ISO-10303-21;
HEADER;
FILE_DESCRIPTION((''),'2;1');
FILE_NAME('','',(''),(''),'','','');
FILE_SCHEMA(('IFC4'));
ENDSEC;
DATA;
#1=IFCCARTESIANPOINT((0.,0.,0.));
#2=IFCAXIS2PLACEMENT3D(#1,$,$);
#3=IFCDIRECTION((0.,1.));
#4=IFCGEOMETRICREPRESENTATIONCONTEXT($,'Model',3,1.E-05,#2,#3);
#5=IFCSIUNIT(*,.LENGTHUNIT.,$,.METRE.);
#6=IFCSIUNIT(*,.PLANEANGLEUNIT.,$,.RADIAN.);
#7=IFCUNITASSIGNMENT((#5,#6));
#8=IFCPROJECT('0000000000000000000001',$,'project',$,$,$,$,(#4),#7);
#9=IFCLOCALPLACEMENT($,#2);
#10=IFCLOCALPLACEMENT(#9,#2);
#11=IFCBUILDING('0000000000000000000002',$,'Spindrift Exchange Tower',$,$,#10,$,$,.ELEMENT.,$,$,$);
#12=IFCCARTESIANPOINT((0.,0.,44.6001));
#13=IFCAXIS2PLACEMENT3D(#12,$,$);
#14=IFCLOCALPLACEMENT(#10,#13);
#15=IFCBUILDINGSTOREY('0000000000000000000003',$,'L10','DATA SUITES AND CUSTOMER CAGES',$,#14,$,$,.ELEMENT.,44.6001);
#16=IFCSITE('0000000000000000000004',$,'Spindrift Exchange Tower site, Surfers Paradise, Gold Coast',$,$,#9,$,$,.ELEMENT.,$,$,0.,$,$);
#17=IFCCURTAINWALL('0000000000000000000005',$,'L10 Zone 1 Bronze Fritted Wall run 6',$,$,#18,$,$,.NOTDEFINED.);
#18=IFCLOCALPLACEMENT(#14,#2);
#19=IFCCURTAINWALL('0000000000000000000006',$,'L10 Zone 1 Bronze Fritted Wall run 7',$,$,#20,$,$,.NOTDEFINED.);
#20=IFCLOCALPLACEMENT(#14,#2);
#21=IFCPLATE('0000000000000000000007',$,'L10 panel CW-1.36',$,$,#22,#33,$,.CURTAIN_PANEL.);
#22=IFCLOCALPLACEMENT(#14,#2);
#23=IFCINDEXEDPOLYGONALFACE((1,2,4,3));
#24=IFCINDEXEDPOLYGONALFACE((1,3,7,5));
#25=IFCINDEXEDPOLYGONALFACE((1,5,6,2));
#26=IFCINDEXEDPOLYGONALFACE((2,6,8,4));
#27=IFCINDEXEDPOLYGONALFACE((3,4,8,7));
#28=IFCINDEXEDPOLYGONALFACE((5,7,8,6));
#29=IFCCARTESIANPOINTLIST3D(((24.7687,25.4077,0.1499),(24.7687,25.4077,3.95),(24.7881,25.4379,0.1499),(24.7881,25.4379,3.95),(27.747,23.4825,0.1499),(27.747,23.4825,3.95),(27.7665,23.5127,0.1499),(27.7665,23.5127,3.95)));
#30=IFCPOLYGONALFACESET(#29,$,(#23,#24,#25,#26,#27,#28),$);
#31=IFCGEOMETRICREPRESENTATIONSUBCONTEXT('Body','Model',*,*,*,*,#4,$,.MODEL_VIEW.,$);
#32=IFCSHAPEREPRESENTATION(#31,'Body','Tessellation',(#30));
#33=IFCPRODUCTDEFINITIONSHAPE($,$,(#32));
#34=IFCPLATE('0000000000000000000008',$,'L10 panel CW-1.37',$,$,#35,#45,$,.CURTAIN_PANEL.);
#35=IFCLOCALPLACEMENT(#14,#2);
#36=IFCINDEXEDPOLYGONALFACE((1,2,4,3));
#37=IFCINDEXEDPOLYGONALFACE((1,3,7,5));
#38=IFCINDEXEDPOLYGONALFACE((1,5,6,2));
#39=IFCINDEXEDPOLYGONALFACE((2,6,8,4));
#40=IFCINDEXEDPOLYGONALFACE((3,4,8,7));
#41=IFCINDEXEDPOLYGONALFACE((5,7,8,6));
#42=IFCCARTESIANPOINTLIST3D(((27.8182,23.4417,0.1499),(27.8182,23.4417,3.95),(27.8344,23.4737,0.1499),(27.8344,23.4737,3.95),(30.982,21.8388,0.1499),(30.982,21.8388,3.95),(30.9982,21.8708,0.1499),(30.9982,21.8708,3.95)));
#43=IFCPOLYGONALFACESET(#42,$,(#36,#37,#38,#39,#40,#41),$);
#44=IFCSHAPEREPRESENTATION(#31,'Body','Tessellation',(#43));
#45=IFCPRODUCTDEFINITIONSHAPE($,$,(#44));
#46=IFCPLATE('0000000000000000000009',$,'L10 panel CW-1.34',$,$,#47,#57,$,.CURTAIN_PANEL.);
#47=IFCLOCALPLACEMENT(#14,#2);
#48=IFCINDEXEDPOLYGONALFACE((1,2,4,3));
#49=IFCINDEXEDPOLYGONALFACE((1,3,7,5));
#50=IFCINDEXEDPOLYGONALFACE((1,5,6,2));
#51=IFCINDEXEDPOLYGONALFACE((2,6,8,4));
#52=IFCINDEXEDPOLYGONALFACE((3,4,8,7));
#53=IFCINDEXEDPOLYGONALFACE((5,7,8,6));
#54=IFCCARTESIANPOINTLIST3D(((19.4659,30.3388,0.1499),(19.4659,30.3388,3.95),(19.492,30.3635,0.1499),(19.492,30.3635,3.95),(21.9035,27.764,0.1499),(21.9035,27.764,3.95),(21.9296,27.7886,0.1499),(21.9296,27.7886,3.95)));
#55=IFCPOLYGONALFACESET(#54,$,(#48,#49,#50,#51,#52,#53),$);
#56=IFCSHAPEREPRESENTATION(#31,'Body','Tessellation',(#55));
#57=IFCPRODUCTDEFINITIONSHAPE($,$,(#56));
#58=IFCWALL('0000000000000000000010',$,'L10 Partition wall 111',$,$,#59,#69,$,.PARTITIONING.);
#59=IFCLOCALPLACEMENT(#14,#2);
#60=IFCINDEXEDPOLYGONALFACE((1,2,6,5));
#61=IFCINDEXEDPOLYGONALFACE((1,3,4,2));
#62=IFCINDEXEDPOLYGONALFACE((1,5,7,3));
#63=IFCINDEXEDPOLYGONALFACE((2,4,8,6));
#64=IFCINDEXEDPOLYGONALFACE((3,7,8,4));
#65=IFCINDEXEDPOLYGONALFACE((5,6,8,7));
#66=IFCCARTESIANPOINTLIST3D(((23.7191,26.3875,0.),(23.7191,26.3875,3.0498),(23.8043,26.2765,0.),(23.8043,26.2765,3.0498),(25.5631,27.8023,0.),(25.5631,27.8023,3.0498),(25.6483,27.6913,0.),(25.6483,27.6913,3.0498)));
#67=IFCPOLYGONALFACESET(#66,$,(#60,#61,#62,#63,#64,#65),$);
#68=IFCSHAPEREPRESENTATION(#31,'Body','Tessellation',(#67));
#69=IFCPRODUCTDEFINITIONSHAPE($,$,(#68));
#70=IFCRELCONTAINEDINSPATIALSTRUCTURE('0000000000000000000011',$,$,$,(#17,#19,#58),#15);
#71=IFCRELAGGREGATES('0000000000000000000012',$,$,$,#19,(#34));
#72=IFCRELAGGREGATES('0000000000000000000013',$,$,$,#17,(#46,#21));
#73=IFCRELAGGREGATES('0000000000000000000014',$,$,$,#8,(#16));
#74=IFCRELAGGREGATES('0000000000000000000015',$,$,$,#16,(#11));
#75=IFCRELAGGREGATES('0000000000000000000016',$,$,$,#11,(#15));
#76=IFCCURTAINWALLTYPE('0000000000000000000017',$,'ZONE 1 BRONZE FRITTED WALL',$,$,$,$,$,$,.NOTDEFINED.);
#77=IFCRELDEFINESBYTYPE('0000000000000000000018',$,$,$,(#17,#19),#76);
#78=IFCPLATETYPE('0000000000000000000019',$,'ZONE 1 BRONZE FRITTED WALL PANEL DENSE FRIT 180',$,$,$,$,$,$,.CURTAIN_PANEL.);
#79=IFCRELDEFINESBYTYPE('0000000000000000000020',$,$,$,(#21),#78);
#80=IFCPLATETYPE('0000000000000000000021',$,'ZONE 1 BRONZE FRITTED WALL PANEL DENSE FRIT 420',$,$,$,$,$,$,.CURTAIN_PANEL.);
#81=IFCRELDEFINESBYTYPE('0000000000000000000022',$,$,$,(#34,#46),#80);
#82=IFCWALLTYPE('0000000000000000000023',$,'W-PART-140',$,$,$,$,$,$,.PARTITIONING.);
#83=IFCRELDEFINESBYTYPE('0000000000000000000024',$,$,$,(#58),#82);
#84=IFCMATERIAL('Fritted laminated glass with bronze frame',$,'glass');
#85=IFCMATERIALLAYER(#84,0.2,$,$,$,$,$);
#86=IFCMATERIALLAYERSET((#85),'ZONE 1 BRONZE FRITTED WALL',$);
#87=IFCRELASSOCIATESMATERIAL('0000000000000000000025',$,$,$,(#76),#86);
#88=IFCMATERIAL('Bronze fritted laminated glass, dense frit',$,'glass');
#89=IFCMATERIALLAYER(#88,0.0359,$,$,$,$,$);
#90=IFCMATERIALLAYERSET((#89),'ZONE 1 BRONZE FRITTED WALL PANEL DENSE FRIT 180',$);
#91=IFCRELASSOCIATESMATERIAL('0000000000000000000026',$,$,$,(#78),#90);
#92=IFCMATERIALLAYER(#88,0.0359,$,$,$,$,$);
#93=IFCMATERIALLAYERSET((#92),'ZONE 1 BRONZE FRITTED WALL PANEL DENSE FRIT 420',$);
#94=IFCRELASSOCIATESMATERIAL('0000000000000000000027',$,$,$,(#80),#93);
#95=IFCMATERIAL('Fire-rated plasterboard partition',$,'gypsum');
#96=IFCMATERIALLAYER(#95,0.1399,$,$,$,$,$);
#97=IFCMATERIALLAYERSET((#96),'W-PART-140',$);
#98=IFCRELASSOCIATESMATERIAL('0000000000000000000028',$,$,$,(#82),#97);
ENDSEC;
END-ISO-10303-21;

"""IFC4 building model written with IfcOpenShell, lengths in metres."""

from ifc_helpers import new_model, si_unit, direction, frame, frame_2d, origin, origin_2d, place, context, subcontext, project, spatial, rectangle, extrude, source, transform, mapped, material, layer, layer_set, type_object, element, aggregate, save


model = new_model("IFC4")

# Units and contexts
model_context = context("Model", 3, precision=1e-05, world=origin(), true_north=direction((0.0, 1.0)))
body_context = subcontext(model_context, "Body", "Model", "MODEL_VIEW")
ifc_project = project(units=[si_unit("LENGTHUNIT", "METRE"), si_unit("PLANEANGLEUNIT", "RADIAN")], contexts=[model_context])

# Site, building, storey
site_placement = place(None, origin())
site = spatial("IfcSite", under=ifc_project, at=site_placement, Name="Spindrift Exchange Tower site, Surfers Paradise, Gold Coast", CompositionType="ELEMENT", RefElevation=0.0)
building_placement = place(site_placement, origin())
building = spatial("IfcBuilding", under=site, at=building_placement, Name="Spindrift Exchange Tower", CompositionType="ELEMENT")
storey_placement = place(building_placement, frame((0.0, 0.0, 44.6001)))
storey = spatial("IfcBuildingStorey", under=building, at=storey_placement, Name="L10", Description="DATA SUITES AND CUSTOMER CAGES", CompositionType="ELEMENT", Elevation=44.6001)

# Curtain walls
ifc_material_1 = material(Name="Fritted laminated glass with bronze frame", Category="glass")
ifc_layer_1 = layer(ifc_material_1, 0.2)
ifc_layer_set_1 = layer_set([ifc_layer_1], Name="ZONE 1 BRONZE FRITTED WALL")
curtain_wall_type = type_object("IfcCurtainWallType", Name="ZONE 1 BRONZE FRITTED WALL", PredefinedType="NOTDEFINED", material=ifc_layer_set_1)
curtain_wall_1_placement = place(storey_placement, origin())
curtain_wall_1 = element("IfcCurtainWall", 1, at=curtain_wall_1_placement, inside=storey, type_object=curtain_wall_type, Name="L10 Zone 1 Bronze Fritted Wall run 6", PredefinedType="NOTDEFINED")
curtain_wall_2_placement = place(storey_placement, origin())
curtain_wall_2 = element("IfcCurtainWall", 2, at=curtain_wall_2_placement, inside=storey, type_object=curtain_wall_type, Name="L10 Zone 1 Bronze Fritted Wall run 7", PredefinedType="NOTDEFINED")

# Plates
ifc_material_2 = material(Name="Bronze fritted laminated glass, dense frit", Category="glass")
ifc_layer_2 = layer(ifc_material_2, 0.0359)
ifc_layer_set_2 = layer_set([ifc_layer_2], Name="ZONE 1 BRONZE FRITTED WALL PANEL DENSE FRIT 180")
plate_type_1 = type_object("IfcPlateType", Name="ZONE 1 BRONZE FRITTED WALL PANEL DENSE FRIT 180", PredefinedType="CURTAIN_PANEL", material=ifc_layer_set_2)
ifc_layer_3 = layer(ifc_material_2, 0.0359)
ifc_layer_set_3 = layer_set([ifc_layer_3], Name="ZONE 1 BRONZE FRITTED WALL PANEL DENSE FRIT 420")
plate_type_2 = type_object("IfcPlateType", Name="ZONE 1 BRONZE FRITTED WALL PANEL DENSE FRIT 420", PredefinedType="CURTAIN_PANEL", material=ifc_layer_set_3)
shared_shape_1 = source(origin(), body_context, "Body", "SweptSolid", [
    extrude(rectangle(XDim=3.5464, YDim=0.0359, at=origin_2d()), origin(), (0.0, 0.0, 1.0), 3.8),
])
plate_1_placement = place(storey_placement, frame((26.2676, 24.4602, 0.1499), z_axis=(0.0, 0.0, 1.0), x_axis=(0.839824, -0.542859, 0.0)))
plate_1 = element("IfcPlate", 3, at=plate_1_placement, type_object=plate_type_1, Name="L10 panel CW-1.36", PredefinedType="CURTAIN_PANEL", context=body_context, shape_type="MappedRepresentation", body=[
    mapped(shared_shape_1, transform((0.0, 0.0, 0.0), scale=1.0)),
])
shared_shape_2 = source(origin(), body_context, "Body", "SweptSolid", [
    extrude(rectangle(XDim=3.5466, YDim=0.0359, at=origin_2d()), origin(), (0.0, 0.0, 1.0), 3.8),
])
plate_2_placement = place(storey_placement, frame((29.4082, 22.6562, 0.1499), z_axis=(0.0, 0.0, 1.0), x_axis=(0.892043, -0.451951, 0.0)))
plate_2 = element("IfcPlate", 4, at=plate_2_placement, type_object=plate_type_2, Name="L10 panel CW-1.37", PredefinedType="CURTAIN_PANEL", context=body_context, shape_type="MappedRepresentation", body=[
    mapped(shared_shape_2, transform((0.0, 0.0, 0.0), scale=1.0)),
])
aggregate(curtain_wall_2, [plate_2])
shared_shape_3 = source(origin(), body_context, "Body", "SweptSolid", [
    extrude(rectangle(XDim=3.5457, YDim=0.0359, at=origin_2d()), origin(), (0.0, 0.0, 1.0), 3.8),
])
plate_3_placement = place(storey_placement, frame((20.6978, 29.0637, 0.1499), z_axis=(0.0, 0.0, 1.0), x_axis=(0.687481, -0.726203, 0.0)))
plate_3 = element("IfcPlate", 5, at=plate_3_placement, type_object=plate_type_2, Name="L10 panel CW-1.34", PredefinedType="CURTAIN_PANEL", context=body_context, shape_type="MappedRepresentation", body=[
    mapped(shared_shape_3, transform((0.0, 0.0, 0.0), scale=1.0)),
])
aggregate(curtain_wall_1, [plate_3, plate_1])

# Wall
ifc_material_3 = material(Name="Fire-rated plasterboard partition", Category="gypsum")
ifc_layer_4 = layer(ifc_material_3, 0.1399)
ifc_layer_set_4 = layer_set([ifc_layer_4], Name="W-PART-140")
wall_type = type_object("IfcWallType", Name="W-PART-140", PredefinedType="PARTITIONING", material=ifc_layer_set_4)
wall_placement = place(storey_placement, frame((25.6057, 27.7468, 0.0), z_axis=(0.0, 0.0, 1.0), x_axis=(-0.793385, -0.60872, 0.0)))
element("IfcWall", 6, at=wall_placement, inside=storey, type_object=wall_type, Name="L10 Partition wall 111", PredefinedType="PARTITIONING", context=body_context, shape_type="SweptSolid", body=[
    extrude(rectangle(XDim=2.3242, YDim=0.1399, at=frame_2d((1.1621, 0.0))), origin(), (0.0, 0.0, 1.0), 3.0498),
])

save(model, "model.ifc")
